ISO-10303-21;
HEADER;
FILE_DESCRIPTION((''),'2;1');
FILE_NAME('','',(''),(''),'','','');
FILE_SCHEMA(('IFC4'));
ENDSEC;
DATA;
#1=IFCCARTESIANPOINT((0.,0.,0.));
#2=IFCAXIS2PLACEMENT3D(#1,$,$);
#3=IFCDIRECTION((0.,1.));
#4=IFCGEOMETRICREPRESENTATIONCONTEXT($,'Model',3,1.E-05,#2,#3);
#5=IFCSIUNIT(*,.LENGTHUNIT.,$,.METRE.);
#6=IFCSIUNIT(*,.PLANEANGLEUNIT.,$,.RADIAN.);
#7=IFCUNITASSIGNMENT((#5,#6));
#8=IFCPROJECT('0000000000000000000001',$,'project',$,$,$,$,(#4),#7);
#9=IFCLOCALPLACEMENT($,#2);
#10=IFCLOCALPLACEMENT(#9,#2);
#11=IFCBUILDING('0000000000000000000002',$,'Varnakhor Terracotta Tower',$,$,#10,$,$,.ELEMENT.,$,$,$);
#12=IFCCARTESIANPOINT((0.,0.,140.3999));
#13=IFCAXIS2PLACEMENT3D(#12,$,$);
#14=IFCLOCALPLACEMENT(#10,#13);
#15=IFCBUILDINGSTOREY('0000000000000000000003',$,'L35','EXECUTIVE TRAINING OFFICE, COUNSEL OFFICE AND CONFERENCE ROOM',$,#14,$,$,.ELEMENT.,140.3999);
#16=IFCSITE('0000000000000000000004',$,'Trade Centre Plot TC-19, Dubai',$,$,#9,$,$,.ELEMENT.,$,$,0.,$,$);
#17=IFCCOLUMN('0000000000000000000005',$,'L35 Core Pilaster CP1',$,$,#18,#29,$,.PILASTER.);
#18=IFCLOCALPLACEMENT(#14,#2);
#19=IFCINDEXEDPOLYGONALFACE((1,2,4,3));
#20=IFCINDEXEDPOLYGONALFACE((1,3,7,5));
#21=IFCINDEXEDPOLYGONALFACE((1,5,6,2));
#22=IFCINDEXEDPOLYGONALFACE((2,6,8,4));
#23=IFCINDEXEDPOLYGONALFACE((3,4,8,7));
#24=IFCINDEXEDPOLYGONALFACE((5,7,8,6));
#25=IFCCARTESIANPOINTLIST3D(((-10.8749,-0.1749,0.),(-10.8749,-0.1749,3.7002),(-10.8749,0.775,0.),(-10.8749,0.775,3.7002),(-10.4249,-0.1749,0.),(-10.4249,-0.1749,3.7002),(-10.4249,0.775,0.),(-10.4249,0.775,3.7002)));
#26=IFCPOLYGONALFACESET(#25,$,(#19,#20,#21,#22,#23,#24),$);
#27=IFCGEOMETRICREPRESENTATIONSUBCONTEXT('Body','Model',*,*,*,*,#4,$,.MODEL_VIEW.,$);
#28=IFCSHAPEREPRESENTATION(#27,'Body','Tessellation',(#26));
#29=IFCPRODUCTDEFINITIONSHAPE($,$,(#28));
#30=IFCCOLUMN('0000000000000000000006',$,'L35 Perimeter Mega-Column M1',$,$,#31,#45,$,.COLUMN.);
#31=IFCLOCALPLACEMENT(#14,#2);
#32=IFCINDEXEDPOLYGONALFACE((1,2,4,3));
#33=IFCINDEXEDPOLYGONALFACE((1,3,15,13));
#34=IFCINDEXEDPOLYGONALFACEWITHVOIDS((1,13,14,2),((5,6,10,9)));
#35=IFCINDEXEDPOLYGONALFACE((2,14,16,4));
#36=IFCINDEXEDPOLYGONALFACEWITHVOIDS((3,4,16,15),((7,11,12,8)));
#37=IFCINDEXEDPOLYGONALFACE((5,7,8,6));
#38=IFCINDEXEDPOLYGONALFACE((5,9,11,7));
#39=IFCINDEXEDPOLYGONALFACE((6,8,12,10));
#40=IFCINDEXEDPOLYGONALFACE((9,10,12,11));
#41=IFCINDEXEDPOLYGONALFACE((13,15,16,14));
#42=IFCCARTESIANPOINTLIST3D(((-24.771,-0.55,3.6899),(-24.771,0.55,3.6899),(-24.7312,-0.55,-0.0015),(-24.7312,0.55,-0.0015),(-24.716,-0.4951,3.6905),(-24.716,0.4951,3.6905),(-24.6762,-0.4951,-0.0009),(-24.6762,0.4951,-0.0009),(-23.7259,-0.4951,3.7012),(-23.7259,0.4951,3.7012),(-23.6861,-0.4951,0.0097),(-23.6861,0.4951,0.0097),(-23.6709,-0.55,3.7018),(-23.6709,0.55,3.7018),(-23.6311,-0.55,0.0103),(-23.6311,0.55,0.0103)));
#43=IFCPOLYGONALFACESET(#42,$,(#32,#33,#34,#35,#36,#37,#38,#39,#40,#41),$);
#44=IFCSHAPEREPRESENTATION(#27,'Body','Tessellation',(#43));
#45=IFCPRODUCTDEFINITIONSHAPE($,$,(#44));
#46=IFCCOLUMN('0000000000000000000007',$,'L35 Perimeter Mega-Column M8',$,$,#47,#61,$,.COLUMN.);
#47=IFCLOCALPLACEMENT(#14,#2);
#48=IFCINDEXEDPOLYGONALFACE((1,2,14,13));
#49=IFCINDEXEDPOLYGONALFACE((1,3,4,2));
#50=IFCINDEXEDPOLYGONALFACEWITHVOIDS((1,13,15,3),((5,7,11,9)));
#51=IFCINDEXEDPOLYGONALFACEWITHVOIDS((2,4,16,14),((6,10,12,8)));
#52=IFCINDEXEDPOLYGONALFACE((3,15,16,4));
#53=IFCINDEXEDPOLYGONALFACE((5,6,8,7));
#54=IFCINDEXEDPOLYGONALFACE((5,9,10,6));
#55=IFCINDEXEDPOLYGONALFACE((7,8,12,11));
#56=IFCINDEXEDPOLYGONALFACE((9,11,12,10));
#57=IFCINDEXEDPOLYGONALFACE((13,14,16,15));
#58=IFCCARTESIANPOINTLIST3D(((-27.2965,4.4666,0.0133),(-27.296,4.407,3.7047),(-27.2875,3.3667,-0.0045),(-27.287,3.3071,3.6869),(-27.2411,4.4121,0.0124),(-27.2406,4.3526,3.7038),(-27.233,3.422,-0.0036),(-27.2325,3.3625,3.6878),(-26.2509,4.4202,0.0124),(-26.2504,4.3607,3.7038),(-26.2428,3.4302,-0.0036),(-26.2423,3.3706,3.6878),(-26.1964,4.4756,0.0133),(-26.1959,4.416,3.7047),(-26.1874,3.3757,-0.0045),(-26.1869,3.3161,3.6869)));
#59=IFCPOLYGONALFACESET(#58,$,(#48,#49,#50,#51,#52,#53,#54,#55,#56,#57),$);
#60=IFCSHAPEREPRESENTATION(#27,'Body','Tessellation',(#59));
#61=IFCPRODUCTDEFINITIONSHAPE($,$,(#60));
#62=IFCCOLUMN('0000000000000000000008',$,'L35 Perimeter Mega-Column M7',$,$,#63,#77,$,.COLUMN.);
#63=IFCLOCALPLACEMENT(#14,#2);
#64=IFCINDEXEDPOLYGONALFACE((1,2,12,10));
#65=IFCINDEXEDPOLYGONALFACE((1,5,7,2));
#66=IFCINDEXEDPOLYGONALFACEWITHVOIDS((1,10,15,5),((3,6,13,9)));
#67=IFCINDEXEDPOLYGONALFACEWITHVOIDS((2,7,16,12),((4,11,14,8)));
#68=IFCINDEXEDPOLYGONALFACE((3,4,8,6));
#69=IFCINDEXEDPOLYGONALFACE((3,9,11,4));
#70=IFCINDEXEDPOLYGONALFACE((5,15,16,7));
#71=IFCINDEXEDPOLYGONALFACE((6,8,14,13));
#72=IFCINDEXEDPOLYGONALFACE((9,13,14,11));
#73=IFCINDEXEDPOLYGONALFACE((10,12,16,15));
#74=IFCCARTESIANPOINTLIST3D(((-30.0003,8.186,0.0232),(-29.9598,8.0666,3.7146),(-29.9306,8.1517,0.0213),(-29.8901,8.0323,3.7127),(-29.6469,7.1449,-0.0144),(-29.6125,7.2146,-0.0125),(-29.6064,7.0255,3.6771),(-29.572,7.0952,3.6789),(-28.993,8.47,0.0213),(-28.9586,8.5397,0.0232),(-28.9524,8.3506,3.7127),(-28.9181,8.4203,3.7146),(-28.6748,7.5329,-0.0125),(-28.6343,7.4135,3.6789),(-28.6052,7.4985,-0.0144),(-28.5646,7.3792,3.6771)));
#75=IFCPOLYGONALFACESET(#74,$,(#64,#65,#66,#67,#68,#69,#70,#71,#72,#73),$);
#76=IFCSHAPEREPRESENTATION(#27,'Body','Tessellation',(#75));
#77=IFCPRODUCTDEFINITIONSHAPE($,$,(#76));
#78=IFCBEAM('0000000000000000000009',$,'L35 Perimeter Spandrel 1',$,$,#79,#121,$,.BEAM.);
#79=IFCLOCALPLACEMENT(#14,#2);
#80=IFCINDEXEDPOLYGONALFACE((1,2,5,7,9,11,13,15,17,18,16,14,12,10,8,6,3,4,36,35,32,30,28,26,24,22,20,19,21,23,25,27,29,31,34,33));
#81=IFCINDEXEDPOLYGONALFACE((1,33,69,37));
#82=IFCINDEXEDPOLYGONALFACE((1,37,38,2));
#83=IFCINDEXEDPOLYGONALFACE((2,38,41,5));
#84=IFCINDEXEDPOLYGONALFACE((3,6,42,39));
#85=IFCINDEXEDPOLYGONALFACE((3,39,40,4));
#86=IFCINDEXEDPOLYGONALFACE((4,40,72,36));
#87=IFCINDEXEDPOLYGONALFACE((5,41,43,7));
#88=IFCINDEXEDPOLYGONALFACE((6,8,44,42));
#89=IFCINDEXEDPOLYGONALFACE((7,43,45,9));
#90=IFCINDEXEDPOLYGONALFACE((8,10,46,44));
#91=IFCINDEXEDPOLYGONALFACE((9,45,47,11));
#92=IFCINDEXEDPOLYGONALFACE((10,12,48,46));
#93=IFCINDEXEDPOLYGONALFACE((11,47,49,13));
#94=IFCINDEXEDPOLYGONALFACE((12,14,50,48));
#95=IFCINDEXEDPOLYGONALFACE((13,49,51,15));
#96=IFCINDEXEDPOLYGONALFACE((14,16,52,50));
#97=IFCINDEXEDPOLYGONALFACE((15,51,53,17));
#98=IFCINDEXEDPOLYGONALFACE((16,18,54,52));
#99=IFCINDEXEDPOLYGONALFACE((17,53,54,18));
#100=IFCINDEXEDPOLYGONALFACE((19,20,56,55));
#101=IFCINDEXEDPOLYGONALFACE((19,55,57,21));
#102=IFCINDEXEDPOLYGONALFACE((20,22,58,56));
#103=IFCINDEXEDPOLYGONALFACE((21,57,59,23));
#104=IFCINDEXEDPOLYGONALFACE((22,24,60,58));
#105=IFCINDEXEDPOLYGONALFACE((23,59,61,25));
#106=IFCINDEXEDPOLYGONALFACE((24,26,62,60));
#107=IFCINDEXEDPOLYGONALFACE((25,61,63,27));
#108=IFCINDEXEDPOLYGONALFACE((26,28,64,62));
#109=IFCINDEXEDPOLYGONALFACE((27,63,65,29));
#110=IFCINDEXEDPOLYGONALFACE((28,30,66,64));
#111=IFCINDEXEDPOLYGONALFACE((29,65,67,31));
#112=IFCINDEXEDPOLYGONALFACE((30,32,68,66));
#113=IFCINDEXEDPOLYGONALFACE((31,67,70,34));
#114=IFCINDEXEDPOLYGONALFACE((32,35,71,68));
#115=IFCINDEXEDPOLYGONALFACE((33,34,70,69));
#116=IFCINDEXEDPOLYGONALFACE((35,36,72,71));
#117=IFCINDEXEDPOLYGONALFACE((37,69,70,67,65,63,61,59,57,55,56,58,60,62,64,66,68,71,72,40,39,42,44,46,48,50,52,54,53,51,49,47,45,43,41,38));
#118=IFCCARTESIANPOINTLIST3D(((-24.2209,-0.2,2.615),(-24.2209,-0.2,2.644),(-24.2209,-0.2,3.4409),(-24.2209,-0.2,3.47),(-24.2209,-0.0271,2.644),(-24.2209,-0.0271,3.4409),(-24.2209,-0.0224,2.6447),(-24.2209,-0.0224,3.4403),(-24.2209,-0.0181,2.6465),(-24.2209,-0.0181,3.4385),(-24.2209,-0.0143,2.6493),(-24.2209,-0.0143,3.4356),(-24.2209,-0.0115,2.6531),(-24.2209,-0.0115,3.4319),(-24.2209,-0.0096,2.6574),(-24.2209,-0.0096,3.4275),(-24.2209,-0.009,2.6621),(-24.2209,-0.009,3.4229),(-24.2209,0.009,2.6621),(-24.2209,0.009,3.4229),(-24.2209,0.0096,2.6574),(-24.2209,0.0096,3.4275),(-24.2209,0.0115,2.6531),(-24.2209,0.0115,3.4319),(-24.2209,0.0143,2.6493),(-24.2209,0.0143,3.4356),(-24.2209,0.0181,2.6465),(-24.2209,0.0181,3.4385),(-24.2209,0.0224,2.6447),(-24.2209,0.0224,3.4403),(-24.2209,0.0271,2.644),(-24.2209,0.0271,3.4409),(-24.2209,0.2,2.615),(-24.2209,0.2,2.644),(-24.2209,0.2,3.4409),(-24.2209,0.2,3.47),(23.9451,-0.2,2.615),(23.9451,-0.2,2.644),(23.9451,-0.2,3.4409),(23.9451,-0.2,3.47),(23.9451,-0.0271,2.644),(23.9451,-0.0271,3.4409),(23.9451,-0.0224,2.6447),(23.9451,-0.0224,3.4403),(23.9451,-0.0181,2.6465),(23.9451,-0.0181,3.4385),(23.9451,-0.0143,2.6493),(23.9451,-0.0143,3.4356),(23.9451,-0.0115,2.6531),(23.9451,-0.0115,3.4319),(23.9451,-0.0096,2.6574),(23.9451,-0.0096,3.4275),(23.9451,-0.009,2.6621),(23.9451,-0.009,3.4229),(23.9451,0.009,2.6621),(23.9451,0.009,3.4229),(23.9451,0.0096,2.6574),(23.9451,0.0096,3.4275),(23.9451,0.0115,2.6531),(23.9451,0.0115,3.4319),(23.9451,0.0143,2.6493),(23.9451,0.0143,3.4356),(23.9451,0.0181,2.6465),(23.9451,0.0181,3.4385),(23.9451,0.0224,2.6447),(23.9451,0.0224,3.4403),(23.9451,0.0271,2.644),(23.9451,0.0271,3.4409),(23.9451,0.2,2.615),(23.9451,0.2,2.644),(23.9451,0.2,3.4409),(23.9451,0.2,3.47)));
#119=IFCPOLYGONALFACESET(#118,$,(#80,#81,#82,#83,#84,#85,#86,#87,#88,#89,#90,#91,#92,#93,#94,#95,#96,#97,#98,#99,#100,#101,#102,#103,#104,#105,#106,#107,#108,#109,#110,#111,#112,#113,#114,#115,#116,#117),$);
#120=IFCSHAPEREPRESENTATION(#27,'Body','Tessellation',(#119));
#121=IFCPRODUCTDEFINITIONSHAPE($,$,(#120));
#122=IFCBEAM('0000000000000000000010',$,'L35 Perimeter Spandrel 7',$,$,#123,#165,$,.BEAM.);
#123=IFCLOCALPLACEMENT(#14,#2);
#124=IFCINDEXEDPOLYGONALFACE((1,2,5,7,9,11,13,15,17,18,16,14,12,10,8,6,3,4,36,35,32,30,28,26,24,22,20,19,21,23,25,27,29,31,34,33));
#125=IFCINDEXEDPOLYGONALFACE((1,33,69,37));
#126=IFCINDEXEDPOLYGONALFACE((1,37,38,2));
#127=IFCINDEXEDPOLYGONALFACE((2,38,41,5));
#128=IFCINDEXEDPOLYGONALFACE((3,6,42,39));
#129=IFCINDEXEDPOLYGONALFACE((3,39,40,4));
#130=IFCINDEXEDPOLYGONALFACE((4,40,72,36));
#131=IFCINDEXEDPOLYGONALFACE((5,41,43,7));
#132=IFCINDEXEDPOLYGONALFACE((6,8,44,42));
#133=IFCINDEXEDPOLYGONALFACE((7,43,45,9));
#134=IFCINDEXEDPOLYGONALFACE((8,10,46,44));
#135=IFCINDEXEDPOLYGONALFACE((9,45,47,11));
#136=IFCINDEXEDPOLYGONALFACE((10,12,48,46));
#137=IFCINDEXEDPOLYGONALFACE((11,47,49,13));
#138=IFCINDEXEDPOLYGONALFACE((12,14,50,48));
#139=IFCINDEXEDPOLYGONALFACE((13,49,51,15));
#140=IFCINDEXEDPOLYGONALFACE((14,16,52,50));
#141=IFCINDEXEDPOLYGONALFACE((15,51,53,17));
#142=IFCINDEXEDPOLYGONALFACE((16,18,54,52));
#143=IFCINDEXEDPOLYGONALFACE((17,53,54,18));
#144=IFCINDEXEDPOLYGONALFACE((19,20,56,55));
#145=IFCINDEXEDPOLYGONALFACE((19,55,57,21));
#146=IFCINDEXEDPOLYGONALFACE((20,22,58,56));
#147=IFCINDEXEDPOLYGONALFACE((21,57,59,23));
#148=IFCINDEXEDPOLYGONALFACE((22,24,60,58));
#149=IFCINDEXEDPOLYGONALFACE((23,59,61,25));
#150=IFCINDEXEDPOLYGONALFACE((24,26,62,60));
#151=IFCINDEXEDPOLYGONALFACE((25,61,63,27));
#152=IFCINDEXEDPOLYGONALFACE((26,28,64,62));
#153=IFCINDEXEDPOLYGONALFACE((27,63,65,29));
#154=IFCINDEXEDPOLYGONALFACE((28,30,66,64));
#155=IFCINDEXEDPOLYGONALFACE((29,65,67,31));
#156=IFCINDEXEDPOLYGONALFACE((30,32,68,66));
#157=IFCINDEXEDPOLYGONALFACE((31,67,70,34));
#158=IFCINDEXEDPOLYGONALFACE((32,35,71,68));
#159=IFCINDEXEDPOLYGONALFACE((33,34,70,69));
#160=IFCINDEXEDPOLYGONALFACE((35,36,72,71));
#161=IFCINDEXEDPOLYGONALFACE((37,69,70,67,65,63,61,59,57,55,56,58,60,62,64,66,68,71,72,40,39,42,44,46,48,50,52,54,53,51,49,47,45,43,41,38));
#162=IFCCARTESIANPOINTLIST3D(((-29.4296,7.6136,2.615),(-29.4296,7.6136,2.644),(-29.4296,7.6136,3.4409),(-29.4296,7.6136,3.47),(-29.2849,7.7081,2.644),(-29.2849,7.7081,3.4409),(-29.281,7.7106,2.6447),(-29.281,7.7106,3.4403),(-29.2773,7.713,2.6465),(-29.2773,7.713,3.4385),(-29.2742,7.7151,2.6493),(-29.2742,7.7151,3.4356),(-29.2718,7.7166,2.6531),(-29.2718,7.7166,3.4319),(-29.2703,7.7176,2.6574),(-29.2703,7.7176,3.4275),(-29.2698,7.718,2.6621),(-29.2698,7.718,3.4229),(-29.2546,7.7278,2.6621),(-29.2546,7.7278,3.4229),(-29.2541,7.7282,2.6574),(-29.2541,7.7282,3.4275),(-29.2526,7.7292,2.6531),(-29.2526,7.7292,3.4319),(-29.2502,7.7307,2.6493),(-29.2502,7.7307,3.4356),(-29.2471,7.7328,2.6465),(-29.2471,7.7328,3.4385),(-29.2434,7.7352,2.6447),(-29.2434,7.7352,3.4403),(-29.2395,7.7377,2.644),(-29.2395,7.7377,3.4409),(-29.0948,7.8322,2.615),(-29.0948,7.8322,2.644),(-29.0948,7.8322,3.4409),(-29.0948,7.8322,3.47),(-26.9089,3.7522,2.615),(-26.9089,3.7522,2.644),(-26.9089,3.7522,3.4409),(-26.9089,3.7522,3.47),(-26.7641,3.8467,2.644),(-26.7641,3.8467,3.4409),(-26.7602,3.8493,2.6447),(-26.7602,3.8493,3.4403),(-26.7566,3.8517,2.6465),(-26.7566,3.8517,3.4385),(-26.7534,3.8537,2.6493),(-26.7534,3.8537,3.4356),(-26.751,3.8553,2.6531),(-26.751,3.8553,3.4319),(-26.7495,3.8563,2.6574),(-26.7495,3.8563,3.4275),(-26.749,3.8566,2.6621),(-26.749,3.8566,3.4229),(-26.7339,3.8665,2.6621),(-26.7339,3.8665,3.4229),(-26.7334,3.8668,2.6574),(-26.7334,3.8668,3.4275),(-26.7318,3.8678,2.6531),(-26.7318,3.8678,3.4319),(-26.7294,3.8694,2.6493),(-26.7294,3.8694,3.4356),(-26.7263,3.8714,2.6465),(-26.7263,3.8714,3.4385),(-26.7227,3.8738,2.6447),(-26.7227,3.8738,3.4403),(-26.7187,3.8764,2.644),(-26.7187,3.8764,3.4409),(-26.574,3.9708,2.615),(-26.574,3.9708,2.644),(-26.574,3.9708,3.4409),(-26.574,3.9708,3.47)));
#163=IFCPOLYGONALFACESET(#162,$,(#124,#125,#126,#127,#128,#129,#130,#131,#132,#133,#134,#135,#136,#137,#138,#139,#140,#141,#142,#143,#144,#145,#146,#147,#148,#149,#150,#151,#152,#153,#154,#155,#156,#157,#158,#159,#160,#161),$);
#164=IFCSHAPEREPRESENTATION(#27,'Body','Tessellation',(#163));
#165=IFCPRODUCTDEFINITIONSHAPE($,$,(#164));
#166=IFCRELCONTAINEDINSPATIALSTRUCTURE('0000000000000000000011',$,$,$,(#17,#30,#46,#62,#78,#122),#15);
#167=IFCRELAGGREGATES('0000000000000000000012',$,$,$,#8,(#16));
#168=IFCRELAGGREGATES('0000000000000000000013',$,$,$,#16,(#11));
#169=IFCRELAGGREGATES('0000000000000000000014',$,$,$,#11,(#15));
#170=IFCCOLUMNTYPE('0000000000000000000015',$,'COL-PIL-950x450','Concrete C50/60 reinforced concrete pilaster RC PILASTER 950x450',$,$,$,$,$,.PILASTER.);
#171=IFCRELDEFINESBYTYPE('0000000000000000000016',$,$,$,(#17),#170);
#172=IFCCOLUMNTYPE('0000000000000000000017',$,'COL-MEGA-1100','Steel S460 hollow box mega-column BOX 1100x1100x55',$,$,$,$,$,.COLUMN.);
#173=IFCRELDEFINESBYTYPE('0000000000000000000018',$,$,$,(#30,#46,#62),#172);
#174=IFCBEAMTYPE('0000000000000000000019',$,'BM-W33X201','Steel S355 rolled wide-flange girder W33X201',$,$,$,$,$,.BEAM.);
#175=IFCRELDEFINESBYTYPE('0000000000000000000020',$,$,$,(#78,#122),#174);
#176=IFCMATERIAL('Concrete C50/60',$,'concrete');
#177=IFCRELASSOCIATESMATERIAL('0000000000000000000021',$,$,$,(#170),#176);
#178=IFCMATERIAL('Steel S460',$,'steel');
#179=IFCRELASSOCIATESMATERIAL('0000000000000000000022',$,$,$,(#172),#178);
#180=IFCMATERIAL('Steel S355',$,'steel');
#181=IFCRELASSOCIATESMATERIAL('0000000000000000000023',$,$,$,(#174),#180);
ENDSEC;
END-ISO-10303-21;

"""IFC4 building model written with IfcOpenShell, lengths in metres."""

from ifc_helpers import new_model, si_unit, direction, frame, origin, origin_2d, place, context, subcontext, project, spatial, rectangle, hollow_rectangle, i_section, extrude, source, transform, mapped, material, material_profile, profile_set, type_object, element, save


model = new_model("IFC4")

# Units and contexts
model_context = context("Model", 3, precision=1e-05, world=origin(), true_north=direction((0.0, 1.0)))
body_context = subcontext(model_context, "Body", "Model", "MODEL_VIEW")
ifc_project = project(units=[si_unit("LENGTHUNIT", "METRE"), si_unit("PLANEANGLEUNIT", "RADIAN")], contexts=[model_context])

# Site, building, storey
site_placement = place(None, origin())
site = spatial("IfcSite", under=ifc_project, at=site_placement, Name="Trade Centre Plot TC-19, Dubai", CompositionType="ELEMENT", RefElevation=0.0)
building_placement = place(site_placement, origin())
building = spatial("IfcBuilding", under=site, at=building_placement, Name="Varnakhor Terracotta Tower", CompositionType="ELEMENT")
storey_placement = place(building_placement, frame((0.0, 0.0, 140.3999)))
storey = spatial("IfcBuildingStorey", under=building, at=storey_placement, Name="L35", Description="EXECUTIVE TRAINING OFFICE, COUNSEL OFFICE AND CONFERENCE ROOM", CompositionType="ELEMENT", Elevation=140.3999)

# Columns
ifc_material_1 = material(Name="Concrete C50/60", Category="concrete")
ifc_material_profile_1 = material_profile(ifc_material_1, rectangle(XDim=0.45, YDim=0.95, at=origin_2d()), Name="RC PILASTER 950x450")
ifc_profile_set_1 = profile_set([ifc_material_profile_1], Name="Concrete C50/60")
column_type_1 = type_object("IfcColumnType", Name="COL-PIL-950x450", Description="Concrete C50/60 reinforced concrete pilaster RC PILASTER 950x450", PredefinedType="PILASTER", material=ifc_profile_set_1)
shared_shape_1 = source(origin(), body_context, "Body", "SweptSolid", [
    extrude(rectangle(XDim=0.45, YDim=0.95, at=origin_2d()), origin(), (0.0, 0.0, 1.0), 3.7002),
])
column_1_placement = place(storey_placement, frame((-10.6499, 0.3, 0.0), z_axis=(0.0, 0.0, 1.0), x_axis=(1.0, 0.0, 0.0)))
element("IfcColumn", 1, at=column_1_placement, inside=storey, type_object=column_type_1, Name="L35 Core Pilaster CP1", PredefinedType="PILASTER", context=body_context, shape_type="MappedRepresentation", body=[
    mapped(shared_shape_1, transform((0.0, 0.0, 0.0), scale=1.0)),
])
ifc_material_2 = material(Name="Steel S460", Category="steel")
ifc_material_profile_2 = material_profile(ifc_material_2, hollow_rectangle(XDim=1.1001, YDim=1.1001, WallThickness=0.0549, at=origin_2d()), Name="BOX 1100x1100x55")
ifc_profile_set_2 = profile_set([ifc_material_profile_2], Name="Steel S460")
column_type_2 = type_object("IfcColumnType", Name="COL-MEGA-1100", Description="Steel S460 hollow box mega-column BOX 1100x1100x55", PredefinedType="COLUMN", material=ifc_profile_set_2)
shared_shape_2 = source(origin(), body_context, "Body", "SweptSolid", [
    extrude(hollow_rectangle(XDim=1.1001, YDim=1.1001, WallThickness=0.0549, at=origin_2d()), origin(), (0.0, 0.0, 1.0), 3.6917),
])
column_2_placement = place(storey_placement, frame((-24.1812, 0.0, 0.0044), z_axis=(-0.01078, 0.0, 0.999942), x_axis=(0.0, -1.0, 0.0)))
element("IfcColumn", 2, at=column_2_placement, inside=storey, type_object=column_type_2, Name="L35 Perimeter Mega-Column M1", PredefinedType="COLUMN", context=body_context, shape_type="MappedRepresentation", body=[
    mapped(shared_shape_2, transform((0.0, 0.0, 0.0), scale=1.0)),
])
shared_shape_3 = source(origin(), body_context, "Body", "SweptSolid", [
    extrude(hollow_rectangle(XDim=1.1001, YDim=1.1001, WallThickness=0.0549, at=origin_2d()), origin(), (0.0, 0.0, 1.0), 3.6919),
])
column_3_placement = place(storey_placement, frame((-26.7419, 3.9211, 0.0044), z_axis=(0.000132, -0.016135, 0.99987), x_axis=(0.999966, 0.008196, 0.0)))
element("IfcColumn", 3, at=column_3_placement, inside=storey, type_object=column_type_2, Name="L35 Perimeter Mega-Column M8", PredefinedType="COLUMN", context=body_context, shape_type="MappedRepresentation", body=[
    mapped(shared_shape_3, transform((0.0, 0.0, 0.0), scale=1.0)),
])
shared_shape_4 = source(origin(), body_context, "Body", "SweptSolid", [
    extrude(hollow_rectangle(XDim=1.1001, YDim=1.1001, WallThickness=0.0549, at=origin_2d()), origin(), (0.0, 0.0, 1.0), 3.6936),
])
column_4_placement = place(storey_placement, frame((-29.3027, 7.8423, 0.0044), z_axis=(0.010972, -0.032322, 0.999417), x_axis=(0.946926, 0.321451, 0.0)))
element("IfcColumn", 4, at=column_4_placement, inside=storey, type_object=column_type_2, Name="L35 Perimeter Mega-Column M7", PredefinedType="COLUMN", context=body_context, shape_type="MappedRepresentation", body=[
    mapped(shared_shape_4, transform((0.0, 0.0, 0.0), scale=1.0)),
])

# Beams
ifc_material_3 = material(Name="Steel S355", Category="steel")
ifc_material_profile_3 = material_profile(ifc_material_3, i_section(OverallWidth=0.3999, OverallDepth=0.855, WebThickness=0.0181, FlangeThickness=0.0291, FilletRadius=0.0181, at=origin_2d()), Name="W33X201")
ifc_profile_set_3 = profile_set([ifc_material_profile_3], Name="Steel S355")
beam_type_1 = type_object("IfcBeamType", Name="BM-W33X201", Description="Steel S355 rolled wide-flange girder W33X201", PredefinedType="BEAM", material=ifc_profile_set_3)
shared_shape_5 = source(origin(), body_context, "Body", "SweptSolid", [
    extrude(i_section(OverallWidth=0.3999, OverallDepth=0.855, WebThickness=0.0181, FlangeThickness=0.0291, FilletRadius=0.0181, at=origin_2d()), origin(), (0.0, 0.0, 1.0), 48.166),
])
beam_1_placement = place(storey_placement, frame((-24.2209, 0.0, 3.0425), z_axis=(1.0, 0.0, 0.0), x_axis=(0.0, 1.0, 0.0)))
element("IfcBeam", 5, at=beam_1_placement, inside=storey, type_object=beam_type_1, Name="L35 Perimeter Spandrel 1", PredefinedType="BEAM", context=body_context, shape_type="MappedRepresentation", body=[
    mapped(shared_shape_5, transform((0.0, 0.0, 0.0), scale=1.0)),
])
shared_shape_6 = source(origin(), body_context, "Body", "SweptSolid", [
    extrude(i_section(OverallWidth=0.3999, OverallDepth=0.855, WebThickness=0.0181, FlangeThickness=0.0291, FilletRadius=0.0181, at=origin_2d()), origin(), (0.0, 0.0, 1.0), 4.6113),
])
for number, where, z_axis, x_axis, name in (
    (6, (-29.2622, 7.7229, 3.0425), (0.546647, -0.837363, 0.0), (0.837363, 0.546647, 0.0), "L35 Perimeter Spandrel 7"),
):
    element("IfcBeam", number, at=place(storey_placement, frame(where, z_axis=z_axis, x_axis=x_axis)), inside=storey, type_object=beam_type_1, Name=name, PredefinedType="BEAM", context=body_context, shape_type="MappedRepresentation", body=[
        mapped(shared_shape_6, transform((0.0, 0.0, 0.0), scale=1.0)),
    ])

save(model, "model.ifc")
